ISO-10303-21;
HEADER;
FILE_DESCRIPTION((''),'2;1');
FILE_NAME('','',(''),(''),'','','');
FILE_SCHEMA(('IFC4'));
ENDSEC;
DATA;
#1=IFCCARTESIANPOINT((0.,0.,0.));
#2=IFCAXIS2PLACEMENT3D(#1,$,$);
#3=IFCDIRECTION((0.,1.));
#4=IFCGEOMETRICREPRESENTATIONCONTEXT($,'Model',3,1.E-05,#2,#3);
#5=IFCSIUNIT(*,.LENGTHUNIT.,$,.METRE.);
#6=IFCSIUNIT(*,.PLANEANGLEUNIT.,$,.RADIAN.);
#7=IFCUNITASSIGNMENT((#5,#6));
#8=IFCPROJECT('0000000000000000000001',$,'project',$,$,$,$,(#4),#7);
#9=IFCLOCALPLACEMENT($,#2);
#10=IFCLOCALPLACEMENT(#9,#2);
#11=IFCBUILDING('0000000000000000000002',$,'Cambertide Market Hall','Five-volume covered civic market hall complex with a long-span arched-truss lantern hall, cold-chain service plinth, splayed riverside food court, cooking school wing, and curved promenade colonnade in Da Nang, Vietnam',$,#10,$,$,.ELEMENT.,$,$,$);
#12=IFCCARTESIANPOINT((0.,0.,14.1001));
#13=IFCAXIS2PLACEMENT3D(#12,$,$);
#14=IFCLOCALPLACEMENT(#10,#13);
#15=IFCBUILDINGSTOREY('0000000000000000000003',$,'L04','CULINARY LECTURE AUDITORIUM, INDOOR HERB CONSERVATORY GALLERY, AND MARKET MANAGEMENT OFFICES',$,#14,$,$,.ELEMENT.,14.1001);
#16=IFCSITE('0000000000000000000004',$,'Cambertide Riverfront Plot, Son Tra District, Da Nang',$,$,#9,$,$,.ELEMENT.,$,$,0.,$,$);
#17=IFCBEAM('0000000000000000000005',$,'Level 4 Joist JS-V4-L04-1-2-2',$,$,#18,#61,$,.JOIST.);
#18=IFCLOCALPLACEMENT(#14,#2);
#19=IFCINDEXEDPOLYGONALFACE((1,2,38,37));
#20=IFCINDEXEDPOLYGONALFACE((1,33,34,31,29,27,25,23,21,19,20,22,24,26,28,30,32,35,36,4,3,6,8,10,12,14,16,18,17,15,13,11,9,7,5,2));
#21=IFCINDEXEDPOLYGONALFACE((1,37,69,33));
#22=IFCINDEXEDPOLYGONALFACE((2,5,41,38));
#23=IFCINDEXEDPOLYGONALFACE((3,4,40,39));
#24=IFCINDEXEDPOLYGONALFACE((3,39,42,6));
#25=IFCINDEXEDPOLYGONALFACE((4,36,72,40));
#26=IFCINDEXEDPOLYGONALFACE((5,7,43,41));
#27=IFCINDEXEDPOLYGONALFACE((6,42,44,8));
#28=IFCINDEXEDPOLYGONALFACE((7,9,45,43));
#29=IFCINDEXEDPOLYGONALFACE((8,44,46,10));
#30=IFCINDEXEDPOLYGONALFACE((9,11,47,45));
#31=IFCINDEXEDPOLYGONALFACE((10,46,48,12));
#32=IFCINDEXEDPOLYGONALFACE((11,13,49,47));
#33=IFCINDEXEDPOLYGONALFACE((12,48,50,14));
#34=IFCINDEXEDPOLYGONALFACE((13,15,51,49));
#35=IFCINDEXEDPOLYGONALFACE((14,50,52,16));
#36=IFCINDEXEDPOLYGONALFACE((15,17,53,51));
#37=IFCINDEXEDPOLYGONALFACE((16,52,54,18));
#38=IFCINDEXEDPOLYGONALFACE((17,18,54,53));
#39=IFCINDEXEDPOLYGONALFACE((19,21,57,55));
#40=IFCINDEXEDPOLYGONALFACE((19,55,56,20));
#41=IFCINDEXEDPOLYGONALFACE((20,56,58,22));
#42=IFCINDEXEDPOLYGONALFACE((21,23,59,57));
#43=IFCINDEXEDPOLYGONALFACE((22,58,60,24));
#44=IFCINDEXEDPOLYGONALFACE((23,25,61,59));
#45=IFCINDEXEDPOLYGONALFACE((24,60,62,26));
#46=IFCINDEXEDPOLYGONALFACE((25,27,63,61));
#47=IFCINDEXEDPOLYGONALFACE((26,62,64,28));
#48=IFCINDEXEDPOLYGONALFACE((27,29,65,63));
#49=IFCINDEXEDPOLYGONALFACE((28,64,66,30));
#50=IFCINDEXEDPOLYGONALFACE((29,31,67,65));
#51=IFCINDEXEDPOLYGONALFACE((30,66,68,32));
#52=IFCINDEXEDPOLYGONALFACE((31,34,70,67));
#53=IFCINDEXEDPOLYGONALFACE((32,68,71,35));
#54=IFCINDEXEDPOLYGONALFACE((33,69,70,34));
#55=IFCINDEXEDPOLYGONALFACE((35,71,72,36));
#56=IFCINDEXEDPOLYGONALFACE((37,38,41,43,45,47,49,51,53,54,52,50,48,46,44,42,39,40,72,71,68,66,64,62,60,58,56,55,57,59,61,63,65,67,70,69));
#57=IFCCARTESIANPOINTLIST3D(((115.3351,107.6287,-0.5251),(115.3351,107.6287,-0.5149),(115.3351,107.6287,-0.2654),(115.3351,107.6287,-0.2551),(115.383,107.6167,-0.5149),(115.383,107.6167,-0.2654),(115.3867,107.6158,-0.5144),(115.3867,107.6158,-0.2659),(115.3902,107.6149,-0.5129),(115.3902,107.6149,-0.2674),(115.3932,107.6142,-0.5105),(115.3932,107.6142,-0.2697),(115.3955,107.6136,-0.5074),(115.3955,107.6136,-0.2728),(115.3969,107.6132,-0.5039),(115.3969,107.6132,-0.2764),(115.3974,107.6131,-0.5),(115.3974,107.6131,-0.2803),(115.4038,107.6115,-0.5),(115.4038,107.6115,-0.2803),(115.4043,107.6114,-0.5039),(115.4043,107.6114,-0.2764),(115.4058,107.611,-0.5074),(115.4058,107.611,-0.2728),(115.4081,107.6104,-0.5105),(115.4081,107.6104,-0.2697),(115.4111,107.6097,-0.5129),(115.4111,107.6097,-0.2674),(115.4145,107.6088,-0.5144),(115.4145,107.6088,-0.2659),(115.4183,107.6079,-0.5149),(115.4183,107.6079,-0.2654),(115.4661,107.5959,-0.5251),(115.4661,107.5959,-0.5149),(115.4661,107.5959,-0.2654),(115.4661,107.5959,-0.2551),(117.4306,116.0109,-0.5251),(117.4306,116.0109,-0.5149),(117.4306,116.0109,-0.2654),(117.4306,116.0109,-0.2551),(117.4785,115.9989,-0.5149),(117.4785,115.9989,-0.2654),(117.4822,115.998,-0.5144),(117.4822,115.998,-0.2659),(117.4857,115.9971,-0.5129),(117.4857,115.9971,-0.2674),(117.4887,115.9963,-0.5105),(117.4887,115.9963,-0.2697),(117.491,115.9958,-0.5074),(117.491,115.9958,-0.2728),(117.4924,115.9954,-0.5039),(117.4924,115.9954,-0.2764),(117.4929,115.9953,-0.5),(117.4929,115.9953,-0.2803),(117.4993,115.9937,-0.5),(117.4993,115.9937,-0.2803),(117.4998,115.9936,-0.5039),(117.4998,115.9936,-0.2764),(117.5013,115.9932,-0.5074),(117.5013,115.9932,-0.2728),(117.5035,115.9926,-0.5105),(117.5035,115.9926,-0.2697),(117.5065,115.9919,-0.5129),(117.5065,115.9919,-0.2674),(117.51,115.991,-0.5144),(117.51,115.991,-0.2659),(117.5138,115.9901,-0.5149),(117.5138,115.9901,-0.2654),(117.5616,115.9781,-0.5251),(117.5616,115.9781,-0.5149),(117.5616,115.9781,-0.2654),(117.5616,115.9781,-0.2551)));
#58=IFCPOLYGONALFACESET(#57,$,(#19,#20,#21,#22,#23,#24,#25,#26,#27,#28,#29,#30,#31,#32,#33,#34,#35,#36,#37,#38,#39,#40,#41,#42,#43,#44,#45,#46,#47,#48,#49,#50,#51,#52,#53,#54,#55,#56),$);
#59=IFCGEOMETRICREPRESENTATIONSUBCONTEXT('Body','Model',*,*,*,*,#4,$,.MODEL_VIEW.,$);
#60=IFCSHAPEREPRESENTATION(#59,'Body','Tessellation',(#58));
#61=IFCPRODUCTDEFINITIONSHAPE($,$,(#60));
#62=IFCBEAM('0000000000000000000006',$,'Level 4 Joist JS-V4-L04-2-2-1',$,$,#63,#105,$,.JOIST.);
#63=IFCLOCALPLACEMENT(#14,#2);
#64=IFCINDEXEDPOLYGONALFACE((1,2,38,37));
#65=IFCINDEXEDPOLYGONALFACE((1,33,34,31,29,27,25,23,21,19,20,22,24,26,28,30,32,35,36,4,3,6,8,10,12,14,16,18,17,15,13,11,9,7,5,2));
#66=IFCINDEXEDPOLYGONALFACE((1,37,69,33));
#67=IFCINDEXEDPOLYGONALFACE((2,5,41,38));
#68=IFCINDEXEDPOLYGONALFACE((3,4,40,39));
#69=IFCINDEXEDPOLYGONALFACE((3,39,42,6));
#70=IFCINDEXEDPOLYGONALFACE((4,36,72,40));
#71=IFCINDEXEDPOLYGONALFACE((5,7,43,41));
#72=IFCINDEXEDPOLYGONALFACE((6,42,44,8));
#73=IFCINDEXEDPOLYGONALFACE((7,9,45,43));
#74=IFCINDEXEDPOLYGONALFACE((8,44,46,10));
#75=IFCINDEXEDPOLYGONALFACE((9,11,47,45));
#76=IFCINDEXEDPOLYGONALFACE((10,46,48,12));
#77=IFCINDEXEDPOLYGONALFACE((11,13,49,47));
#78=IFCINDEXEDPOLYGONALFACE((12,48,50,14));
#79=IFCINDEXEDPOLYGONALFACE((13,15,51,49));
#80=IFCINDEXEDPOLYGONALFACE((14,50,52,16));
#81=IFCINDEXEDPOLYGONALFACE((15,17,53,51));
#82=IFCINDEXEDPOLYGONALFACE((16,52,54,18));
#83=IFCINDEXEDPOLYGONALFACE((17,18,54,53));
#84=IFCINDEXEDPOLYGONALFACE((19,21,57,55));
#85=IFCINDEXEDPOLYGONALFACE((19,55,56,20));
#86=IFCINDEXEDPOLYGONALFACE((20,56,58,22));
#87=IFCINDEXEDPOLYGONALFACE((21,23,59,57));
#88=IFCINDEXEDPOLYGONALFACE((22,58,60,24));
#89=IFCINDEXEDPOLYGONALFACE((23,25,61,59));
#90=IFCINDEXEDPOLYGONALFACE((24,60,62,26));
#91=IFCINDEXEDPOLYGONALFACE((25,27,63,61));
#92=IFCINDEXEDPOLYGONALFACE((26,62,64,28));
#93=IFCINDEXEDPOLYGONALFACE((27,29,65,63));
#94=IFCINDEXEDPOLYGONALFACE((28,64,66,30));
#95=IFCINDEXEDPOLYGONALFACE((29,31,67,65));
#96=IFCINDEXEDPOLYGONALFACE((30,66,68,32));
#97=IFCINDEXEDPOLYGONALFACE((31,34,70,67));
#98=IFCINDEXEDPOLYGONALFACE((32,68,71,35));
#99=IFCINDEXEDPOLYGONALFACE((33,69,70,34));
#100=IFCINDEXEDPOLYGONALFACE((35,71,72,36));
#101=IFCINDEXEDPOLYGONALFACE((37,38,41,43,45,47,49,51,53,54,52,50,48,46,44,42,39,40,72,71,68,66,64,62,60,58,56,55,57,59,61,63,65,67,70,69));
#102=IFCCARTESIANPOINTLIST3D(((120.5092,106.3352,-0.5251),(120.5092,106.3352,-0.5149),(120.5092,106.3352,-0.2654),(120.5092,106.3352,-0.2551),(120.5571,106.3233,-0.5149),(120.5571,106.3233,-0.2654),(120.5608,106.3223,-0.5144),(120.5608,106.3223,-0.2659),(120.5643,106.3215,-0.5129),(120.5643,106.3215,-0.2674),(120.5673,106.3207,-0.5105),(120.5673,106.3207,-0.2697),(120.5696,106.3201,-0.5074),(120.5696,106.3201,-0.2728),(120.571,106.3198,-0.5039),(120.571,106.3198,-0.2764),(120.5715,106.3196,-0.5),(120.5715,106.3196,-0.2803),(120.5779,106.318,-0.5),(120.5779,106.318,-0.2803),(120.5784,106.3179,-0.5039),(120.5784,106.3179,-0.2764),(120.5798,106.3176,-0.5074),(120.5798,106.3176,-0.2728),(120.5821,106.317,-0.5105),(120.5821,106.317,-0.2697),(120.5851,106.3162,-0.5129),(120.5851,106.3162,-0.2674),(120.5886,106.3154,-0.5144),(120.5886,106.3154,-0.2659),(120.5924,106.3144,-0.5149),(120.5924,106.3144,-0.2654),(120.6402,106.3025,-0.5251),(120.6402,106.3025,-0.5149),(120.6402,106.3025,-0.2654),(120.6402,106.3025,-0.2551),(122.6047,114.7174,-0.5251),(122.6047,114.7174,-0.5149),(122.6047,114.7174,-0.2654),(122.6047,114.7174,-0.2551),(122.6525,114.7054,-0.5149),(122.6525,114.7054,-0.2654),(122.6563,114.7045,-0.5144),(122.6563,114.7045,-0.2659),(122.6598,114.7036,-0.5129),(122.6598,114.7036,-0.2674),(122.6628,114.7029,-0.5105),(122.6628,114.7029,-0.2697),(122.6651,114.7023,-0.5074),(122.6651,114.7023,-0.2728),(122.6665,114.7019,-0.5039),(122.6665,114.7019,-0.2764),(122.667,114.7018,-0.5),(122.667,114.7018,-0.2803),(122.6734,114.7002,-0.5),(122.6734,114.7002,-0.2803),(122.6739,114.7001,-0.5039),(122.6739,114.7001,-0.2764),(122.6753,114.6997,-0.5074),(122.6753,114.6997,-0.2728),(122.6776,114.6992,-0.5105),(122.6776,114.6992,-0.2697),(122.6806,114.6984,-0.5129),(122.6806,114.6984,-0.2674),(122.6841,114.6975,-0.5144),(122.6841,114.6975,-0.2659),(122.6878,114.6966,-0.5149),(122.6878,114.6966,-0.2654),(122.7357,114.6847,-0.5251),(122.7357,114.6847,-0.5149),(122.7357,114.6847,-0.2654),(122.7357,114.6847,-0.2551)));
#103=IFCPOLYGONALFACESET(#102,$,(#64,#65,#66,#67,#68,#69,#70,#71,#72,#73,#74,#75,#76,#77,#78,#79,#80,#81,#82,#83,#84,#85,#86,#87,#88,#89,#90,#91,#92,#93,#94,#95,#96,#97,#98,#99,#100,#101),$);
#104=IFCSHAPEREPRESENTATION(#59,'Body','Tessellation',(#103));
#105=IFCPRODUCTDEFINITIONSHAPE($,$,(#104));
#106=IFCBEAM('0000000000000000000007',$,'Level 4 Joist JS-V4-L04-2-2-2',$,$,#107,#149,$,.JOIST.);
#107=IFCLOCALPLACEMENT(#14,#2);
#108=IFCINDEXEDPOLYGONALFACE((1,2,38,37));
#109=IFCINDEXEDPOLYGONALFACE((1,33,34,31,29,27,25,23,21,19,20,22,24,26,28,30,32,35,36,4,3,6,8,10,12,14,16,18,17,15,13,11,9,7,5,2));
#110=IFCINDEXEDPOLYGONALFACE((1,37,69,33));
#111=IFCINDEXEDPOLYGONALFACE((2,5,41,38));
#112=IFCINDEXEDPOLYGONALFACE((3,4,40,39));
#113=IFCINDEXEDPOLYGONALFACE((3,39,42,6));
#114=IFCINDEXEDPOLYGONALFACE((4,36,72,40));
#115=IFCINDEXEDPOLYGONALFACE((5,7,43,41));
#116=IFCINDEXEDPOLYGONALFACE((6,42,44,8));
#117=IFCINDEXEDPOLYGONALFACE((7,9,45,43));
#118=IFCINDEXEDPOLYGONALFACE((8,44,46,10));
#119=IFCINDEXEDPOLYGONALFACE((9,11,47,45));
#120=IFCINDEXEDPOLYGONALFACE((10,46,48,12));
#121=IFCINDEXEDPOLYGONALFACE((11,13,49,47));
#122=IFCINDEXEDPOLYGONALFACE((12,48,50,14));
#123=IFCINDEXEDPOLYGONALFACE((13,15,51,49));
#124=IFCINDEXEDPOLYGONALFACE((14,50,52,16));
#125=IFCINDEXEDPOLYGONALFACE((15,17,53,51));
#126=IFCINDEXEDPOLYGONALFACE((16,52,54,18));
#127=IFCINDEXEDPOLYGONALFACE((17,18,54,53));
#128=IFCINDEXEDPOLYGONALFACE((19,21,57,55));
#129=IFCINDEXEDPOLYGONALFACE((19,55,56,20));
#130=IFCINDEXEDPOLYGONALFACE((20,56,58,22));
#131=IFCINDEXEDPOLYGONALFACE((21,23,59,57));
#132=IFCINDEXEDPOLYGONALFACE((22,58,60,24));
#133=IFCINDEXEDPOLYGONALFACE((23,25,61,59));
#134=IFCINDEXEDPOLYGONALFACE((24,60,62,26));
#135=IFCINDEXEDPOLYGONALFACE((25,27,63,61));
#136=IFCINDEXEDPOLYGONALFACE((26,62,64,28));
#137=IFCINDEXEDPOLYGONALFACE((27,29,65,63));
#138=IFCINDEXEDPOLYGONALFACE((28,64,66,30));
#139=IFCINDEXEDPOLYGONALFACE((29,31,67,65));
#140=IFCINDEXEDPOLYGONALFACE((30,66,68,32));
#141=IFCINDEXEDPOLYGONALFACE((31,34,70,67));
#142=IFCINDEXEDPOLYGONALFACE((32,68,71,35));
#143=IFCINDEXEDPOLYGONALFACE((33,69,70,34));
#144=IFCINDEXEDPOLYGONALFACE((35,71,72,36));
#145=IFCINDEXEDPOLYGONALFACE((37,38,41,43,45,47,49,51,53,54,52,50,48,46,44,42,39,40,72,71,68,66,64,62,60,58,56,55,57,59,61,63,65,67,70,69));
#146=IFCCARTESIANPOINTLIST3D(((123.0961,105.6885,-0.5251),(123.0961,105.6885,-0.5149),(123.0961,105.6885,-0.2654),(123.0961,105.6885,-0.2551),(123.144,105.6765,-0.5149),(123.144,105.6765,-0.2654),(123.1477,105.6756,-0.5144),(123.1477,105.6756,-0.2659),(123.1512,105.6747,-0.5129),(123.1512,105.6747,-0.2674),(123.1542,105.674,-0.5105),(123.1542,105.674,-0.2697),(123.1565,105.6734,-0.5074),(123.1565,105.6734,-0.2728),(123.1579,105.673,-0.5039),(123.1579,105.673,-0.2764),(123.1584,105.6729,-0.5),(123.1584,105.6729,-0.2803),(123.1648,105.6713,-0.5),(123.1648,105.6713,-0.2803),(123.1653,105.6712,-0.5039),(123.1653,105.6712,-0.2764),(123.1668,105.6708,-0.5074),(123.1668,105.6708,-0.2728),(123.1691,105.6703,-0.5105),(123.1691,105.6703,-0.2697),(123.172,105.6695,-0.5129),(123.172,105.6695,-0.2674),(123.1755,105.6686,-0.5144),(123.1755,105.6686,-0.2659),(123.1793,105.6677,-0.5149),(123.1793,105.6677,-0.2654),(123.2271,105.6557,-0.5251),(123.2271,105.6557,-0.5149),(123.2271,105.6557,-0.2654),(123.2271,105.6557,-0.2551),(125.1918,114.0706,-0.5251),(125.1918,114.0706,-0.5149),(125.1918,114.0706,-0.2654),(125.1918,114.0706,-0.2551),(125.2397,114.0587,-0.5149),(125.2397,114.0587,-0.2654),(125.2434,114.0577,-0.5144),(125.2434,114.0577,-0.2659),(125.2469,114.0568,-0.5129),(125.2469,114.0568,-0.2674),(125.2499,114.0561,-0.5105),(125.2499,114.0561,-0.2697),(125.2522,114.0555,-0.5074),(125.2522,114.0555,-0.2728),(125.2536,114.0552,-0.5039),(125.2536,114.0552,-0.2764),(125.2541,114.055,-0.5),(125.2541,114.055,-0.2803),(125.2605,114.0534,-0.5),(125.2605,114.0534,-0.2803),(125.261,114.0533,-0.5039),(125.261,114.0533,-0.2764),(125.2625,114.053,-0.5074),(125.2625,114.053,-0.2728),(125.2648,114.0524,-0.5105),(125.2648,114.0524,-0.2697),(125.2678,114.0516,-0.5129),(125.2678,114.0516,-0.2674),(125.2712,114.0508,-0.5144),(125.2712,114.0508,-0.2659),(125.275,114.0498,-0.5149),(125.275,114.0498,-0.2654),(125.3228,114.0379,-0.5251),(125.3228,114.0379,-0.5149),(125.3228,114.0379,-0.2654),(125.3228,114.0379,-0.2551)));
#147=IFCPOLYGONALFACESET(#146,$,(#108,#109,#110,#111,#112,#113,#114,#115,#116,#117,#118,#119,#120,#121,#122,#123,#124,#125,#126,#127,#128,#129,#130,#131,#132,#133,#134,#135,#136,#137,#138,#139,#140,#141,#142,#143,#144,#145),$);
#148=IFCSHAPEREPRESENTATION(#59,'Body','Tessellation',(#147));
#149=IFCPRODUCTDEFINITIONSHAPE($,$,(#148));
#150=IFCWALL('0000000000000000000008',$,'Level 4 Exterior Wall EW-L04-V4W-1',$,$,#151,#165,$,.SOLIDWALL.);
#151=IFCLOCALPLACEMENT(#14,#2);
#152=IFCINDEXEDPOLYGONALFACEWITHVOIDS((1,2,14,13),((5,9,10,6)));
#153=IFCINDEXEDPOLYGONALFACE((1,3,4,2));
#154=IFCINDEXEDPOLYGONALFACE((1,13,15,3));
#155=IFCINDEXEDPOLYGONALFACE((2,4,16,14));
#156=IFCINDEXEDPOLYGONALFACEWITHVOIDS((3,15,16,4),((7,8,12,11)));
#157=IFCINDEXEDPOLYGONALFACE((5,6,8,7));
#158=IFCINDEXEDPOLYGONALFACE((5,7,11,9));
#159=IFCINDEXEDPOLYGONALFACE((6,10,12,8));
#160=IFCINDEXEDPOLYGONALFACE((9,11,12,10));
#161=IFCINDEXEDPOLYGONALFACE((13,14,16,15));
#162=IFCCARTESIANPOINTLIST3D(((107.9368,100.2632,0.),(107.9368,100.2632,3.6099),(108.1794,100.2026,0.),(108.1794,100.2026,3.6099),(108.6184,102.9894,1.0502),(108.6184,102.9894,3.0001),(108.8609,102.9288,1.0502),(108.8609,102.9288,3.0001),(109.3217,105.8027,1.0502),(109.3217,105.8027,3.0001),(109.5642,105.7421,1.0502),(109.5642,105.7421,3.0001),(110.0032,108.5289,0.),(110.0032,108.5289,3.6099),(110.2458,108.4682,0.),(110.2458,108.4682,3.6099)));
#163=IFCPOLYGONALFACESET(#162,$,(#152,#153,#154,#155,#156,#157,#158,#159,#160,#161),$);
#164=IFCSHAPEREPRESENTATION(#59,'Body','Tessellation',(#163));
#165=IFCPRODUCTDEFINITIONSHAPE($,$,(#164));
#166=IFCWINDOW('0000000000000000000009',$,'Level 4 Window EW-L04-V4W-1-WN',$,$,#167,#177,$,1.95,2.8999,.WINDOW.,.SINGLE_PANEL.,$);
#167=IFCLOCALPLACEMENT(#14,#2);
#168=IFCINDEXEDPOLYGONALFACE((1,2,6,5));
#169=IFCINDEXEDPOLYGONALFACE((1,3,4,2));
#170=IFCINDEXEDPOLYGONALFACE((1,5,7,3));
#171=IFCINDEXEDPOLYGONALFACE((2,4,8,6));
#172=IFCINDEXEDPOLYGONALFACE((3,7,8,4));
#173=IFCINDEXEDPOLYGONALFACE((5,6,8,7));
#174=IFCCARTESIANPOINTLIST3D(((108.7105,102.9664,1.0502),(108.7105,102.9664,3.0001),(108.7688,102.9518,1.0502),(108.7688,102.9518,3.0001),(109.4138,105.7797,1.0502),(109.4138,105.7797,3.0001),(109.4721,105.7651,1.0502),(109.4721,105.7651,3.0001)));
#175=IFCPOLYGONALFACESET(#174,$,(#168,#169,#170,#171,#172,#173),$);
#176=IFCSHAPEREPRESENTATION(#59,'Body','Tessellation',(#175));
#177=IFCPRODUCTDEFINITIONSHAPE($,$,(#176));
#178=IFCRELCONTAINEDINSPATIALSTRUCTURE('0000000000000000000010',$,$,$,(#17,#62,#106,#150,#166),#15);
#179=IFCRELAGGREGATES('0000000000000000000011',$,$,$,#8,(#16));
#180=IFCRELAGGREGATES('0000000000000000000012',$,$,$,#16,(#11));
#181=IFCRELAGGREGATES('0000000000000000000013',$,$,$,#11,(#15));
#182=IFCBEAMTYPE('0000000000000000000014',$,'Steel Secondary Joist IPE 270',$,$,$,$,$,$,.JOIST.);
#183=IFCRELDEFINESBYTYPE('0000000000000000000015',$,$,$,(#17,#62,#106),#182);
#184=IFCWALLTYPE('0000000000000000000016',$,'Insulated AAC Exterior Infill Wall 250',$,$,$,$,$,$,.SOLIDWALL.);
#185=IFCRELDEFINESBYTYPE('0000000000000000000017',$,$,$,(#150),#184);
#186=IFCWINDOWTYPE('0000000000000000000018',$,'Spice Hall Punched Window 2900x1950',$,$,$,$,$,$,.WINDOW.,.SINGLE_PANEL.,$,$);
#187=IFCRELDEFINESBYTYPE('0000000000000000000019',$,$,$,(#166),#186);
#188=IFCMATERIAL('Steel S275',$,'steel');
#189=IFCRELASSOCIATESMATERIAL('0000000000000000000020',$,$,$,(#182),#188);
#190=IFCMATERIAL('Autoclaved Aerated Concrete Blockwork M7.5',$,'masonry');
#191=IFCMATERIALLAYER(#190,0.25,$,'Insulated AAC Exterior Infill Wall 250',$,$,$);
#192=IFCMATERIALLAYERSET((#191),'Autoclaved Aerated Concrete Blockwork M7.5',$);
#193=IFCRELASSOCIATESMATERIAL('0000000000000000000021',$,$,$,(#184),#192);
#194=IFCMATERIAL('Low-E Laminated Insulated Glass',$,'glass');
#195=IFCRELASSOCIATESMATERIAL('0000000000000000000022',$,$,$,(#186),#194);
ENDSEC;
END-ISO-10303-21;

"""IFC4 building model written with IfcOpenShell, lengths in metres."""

from ifc_helpers import new_model, si_unit, direction, frame, frame_2d, origin, origin_2d, place, context, subcontext, project, spatial, rectangle, i_section, extrude, material, layer, layer_set, material_profile, profile_set, type_object, element, fill, save


model = new_model("IFC4")

# Units and contexts
model_context = context("Model", 3, precision=1e-05, world=origin(), true_north=direction((0.0, 1.0)))
body_context = subcontext(model_context, "Body", "Model", "MODEL_VIEW")
ifc_project = project(units=[si_unit("LENGTHUNIT", "METRE"), si_unit("PLANEANGLEUNIT", "RADIAN")], contexts=[model_context])

# Site, building, storey
site_placement = place(None, origin())
site = spatial("IfcSite", under=ifc_project, at=site_placement, Name="Cambertide Riverfront Plot, Son Tra District, Da Nang", CompositionType="ELEMENT", RefElevation=0.0)
building_placement = place(site_placement, origin())
building = spatial("IfcBuilding", under=site, at=building_placement, Name="Cambertide Market Hall", Description="Five-volume covered civic market hall complex with a long-span arched-truss lantern hall, cold-chain service plinth, splayed riverside food court, cooking school wing, and curved promenade colonnade in Da Nang, Vietnam", CompositionType="ELEMENT")
storey_placement = place(building_placement, frame((0.0, 0.0, 14.1001)))
storey = spatial("IfcBuildingStorey", under=building, at=storey_placement, Name="L04", Description="CULINARY LECTURE AUDITORIUM, INDOOR HERB CONSERVATORY GALLERY, AND MARKET MANAGEMENT OFFICES", CompositionType="ELEMENT", Elevation=14.1001)

# Beams
ifc_material_1 = material(Name="Steel S275", Category="steel")
ifc_material_profile_1 = material_profile(ifc_material_1, i_section(OverallWidth=0.135, OverallDepth=0.27, WebThickness=0.0066, FlangeThickness=0.0103, FilletRadius=0.0149, at=origin_2d()), Name="IPE 270")
ifc_profile_set_1 = profile_set([ifc_material_profile_1], Name="Steel S275")
beam_type_1 = type_object("IfcBeamType", Name="Steel Secondary Joist IPE 270", PredefinedType="JOIST", material=ifc_profile_set_1)
for number, where, z_axis, x_axis, name in (
    (1, (115.4006, 107.6123, -0.3901), (0.242529, 0.970144, 0.0), (-0.970144, 0.242529, 0.0), "Level 4 Joist JS-V4-L04-1-2-2"),
    (2, (120.5747, 106.3188, -0.3901), (0.242529, 0.970144, 0.0), (-0.970144, 0.242529, 0.0), "Level 4 Joist JS-V4-L04-2-2-1"),
    (3, (123.1616, 105.6721, -0.3901), (0.242556, 0.970138, 0.0), (-0.970138, 0.242556, 0.0), "Level 4 Joist JS-V4-L04-2-2-2"),
):
    element("IfcBeam", number, at=place(storey_placement, frame(where, z_axis=z_axis, x_axis=x_axis)), inside=storey, type_object=beam_type_1, Name=name, PredefinedType="JOIST", context=body_context, shape_type="SweptSolid", body=[
        extrude(i_section(OverallWidth=0.135, OverallDepth=0.27, WebThickness=0.0066, FlangeThickness=0.0103, FilletRadius=0.0149, at=origin_2d()), origin(), (0.0, 0.0, 1.0), 8.6401),
    ])

# Wall, opening, window
ifc_material_2 = material(Name="Autoclaved Aerated Concrete Blockwork M7.5", Category="masonry")
ifc_layer_1 = layer(ifc_material_2, 0.25, Name="Insulated AAC Exterior Infill Wall 250")
ifc_layer_set_1 = layer_set([ifc_layer_1], Name="Autoclaved Aerated Concrete Blockwork M7.5")
wall_type_1 = type_object("IfcWallType", Name="Insulated AAC Exterior Infill Wall 250", PredefinedType="SOLIDWALL", material=ifc_layer_set_1)
wall_1_placement = place(storey_placement, frame((108.0581, 100.2329, 0.0), z_axis=(0.0, 0.0, 1.0), x_axis=(0.242536, 0.970143, 0.0)))
wall_1 = element("IfcWall", 4, at=wall_1_placement, inside=storey, type_object=wall_type_1, Name="Level 4 Exterior Wall EW-L04-V4W-1", PredefinedType="SOLIDWALL", context=body_context, shape_type="SweptSolid", body=[
    extrude(rectangle(XDim=8.52, YDim=0.25, at=frame_2d((4.26, 0.0))), origin(), (0.0, 0.0, 1.0), 3.6099),
])
opening_1_placement = place(wall_1_placement, frame((2.8101, 0.0, 1.05)))
opening_1 = element("IfcOpeningElement", 5, at=opening_1_placement, cuts=wall_1, PredefinedType="OPENING", context=body_context, shape_type="SweptSolid", body=[
    extrude(rectangle(XDim=2.8999, YDim=1.95, at=frame_2d((1.45, 0.9751))), frame((0.0, 0.135, 0.0), z_axis=(0.0, -1.0, 0.0), x_axis=(1.0, 0.0, 0.0)), (0.0, 0.0, 1.0), 0.27),
])
ifc_material_3 = material(Name="Low-E Laminated Insulated Glass", Category="glass")
window_type = type_object("IfcWindowType", Name="Spice Hall Punched Window 2900x1950", PartitioningType="SINGLE_PANEL", PredefinedType="WINDOW", material=ifc_material_3)
window_1_placement = place(opening_1_placement, origin())
window_1 = element("IfcWindow", 6, at=window_1_placement, inside=storey, type_object=window_type, Name="Level 4 Window EW-L04-V4W-1-WN", OverallHeight=1.95, OverallWidth=2.8999, PartitioningType="SINGLE_PANEL", PredefinedType="WINDOW", context=body_context, shape_type="SweptSolid", body=[
    extrude(rectangle(XDim=2.8999, YDim=1.95, at=frame_2d((1.45, 0.9751))), frame((0.0, 0.03, 0.0), z_axis=(0.0, -1.0, 0.0), x_axis=(1.0, 0.0, 0.0)), (0.0, 0.0, 1.0), 0.0601),
])
fill(opening_1, window_1)

save(model, "model.ifc")
